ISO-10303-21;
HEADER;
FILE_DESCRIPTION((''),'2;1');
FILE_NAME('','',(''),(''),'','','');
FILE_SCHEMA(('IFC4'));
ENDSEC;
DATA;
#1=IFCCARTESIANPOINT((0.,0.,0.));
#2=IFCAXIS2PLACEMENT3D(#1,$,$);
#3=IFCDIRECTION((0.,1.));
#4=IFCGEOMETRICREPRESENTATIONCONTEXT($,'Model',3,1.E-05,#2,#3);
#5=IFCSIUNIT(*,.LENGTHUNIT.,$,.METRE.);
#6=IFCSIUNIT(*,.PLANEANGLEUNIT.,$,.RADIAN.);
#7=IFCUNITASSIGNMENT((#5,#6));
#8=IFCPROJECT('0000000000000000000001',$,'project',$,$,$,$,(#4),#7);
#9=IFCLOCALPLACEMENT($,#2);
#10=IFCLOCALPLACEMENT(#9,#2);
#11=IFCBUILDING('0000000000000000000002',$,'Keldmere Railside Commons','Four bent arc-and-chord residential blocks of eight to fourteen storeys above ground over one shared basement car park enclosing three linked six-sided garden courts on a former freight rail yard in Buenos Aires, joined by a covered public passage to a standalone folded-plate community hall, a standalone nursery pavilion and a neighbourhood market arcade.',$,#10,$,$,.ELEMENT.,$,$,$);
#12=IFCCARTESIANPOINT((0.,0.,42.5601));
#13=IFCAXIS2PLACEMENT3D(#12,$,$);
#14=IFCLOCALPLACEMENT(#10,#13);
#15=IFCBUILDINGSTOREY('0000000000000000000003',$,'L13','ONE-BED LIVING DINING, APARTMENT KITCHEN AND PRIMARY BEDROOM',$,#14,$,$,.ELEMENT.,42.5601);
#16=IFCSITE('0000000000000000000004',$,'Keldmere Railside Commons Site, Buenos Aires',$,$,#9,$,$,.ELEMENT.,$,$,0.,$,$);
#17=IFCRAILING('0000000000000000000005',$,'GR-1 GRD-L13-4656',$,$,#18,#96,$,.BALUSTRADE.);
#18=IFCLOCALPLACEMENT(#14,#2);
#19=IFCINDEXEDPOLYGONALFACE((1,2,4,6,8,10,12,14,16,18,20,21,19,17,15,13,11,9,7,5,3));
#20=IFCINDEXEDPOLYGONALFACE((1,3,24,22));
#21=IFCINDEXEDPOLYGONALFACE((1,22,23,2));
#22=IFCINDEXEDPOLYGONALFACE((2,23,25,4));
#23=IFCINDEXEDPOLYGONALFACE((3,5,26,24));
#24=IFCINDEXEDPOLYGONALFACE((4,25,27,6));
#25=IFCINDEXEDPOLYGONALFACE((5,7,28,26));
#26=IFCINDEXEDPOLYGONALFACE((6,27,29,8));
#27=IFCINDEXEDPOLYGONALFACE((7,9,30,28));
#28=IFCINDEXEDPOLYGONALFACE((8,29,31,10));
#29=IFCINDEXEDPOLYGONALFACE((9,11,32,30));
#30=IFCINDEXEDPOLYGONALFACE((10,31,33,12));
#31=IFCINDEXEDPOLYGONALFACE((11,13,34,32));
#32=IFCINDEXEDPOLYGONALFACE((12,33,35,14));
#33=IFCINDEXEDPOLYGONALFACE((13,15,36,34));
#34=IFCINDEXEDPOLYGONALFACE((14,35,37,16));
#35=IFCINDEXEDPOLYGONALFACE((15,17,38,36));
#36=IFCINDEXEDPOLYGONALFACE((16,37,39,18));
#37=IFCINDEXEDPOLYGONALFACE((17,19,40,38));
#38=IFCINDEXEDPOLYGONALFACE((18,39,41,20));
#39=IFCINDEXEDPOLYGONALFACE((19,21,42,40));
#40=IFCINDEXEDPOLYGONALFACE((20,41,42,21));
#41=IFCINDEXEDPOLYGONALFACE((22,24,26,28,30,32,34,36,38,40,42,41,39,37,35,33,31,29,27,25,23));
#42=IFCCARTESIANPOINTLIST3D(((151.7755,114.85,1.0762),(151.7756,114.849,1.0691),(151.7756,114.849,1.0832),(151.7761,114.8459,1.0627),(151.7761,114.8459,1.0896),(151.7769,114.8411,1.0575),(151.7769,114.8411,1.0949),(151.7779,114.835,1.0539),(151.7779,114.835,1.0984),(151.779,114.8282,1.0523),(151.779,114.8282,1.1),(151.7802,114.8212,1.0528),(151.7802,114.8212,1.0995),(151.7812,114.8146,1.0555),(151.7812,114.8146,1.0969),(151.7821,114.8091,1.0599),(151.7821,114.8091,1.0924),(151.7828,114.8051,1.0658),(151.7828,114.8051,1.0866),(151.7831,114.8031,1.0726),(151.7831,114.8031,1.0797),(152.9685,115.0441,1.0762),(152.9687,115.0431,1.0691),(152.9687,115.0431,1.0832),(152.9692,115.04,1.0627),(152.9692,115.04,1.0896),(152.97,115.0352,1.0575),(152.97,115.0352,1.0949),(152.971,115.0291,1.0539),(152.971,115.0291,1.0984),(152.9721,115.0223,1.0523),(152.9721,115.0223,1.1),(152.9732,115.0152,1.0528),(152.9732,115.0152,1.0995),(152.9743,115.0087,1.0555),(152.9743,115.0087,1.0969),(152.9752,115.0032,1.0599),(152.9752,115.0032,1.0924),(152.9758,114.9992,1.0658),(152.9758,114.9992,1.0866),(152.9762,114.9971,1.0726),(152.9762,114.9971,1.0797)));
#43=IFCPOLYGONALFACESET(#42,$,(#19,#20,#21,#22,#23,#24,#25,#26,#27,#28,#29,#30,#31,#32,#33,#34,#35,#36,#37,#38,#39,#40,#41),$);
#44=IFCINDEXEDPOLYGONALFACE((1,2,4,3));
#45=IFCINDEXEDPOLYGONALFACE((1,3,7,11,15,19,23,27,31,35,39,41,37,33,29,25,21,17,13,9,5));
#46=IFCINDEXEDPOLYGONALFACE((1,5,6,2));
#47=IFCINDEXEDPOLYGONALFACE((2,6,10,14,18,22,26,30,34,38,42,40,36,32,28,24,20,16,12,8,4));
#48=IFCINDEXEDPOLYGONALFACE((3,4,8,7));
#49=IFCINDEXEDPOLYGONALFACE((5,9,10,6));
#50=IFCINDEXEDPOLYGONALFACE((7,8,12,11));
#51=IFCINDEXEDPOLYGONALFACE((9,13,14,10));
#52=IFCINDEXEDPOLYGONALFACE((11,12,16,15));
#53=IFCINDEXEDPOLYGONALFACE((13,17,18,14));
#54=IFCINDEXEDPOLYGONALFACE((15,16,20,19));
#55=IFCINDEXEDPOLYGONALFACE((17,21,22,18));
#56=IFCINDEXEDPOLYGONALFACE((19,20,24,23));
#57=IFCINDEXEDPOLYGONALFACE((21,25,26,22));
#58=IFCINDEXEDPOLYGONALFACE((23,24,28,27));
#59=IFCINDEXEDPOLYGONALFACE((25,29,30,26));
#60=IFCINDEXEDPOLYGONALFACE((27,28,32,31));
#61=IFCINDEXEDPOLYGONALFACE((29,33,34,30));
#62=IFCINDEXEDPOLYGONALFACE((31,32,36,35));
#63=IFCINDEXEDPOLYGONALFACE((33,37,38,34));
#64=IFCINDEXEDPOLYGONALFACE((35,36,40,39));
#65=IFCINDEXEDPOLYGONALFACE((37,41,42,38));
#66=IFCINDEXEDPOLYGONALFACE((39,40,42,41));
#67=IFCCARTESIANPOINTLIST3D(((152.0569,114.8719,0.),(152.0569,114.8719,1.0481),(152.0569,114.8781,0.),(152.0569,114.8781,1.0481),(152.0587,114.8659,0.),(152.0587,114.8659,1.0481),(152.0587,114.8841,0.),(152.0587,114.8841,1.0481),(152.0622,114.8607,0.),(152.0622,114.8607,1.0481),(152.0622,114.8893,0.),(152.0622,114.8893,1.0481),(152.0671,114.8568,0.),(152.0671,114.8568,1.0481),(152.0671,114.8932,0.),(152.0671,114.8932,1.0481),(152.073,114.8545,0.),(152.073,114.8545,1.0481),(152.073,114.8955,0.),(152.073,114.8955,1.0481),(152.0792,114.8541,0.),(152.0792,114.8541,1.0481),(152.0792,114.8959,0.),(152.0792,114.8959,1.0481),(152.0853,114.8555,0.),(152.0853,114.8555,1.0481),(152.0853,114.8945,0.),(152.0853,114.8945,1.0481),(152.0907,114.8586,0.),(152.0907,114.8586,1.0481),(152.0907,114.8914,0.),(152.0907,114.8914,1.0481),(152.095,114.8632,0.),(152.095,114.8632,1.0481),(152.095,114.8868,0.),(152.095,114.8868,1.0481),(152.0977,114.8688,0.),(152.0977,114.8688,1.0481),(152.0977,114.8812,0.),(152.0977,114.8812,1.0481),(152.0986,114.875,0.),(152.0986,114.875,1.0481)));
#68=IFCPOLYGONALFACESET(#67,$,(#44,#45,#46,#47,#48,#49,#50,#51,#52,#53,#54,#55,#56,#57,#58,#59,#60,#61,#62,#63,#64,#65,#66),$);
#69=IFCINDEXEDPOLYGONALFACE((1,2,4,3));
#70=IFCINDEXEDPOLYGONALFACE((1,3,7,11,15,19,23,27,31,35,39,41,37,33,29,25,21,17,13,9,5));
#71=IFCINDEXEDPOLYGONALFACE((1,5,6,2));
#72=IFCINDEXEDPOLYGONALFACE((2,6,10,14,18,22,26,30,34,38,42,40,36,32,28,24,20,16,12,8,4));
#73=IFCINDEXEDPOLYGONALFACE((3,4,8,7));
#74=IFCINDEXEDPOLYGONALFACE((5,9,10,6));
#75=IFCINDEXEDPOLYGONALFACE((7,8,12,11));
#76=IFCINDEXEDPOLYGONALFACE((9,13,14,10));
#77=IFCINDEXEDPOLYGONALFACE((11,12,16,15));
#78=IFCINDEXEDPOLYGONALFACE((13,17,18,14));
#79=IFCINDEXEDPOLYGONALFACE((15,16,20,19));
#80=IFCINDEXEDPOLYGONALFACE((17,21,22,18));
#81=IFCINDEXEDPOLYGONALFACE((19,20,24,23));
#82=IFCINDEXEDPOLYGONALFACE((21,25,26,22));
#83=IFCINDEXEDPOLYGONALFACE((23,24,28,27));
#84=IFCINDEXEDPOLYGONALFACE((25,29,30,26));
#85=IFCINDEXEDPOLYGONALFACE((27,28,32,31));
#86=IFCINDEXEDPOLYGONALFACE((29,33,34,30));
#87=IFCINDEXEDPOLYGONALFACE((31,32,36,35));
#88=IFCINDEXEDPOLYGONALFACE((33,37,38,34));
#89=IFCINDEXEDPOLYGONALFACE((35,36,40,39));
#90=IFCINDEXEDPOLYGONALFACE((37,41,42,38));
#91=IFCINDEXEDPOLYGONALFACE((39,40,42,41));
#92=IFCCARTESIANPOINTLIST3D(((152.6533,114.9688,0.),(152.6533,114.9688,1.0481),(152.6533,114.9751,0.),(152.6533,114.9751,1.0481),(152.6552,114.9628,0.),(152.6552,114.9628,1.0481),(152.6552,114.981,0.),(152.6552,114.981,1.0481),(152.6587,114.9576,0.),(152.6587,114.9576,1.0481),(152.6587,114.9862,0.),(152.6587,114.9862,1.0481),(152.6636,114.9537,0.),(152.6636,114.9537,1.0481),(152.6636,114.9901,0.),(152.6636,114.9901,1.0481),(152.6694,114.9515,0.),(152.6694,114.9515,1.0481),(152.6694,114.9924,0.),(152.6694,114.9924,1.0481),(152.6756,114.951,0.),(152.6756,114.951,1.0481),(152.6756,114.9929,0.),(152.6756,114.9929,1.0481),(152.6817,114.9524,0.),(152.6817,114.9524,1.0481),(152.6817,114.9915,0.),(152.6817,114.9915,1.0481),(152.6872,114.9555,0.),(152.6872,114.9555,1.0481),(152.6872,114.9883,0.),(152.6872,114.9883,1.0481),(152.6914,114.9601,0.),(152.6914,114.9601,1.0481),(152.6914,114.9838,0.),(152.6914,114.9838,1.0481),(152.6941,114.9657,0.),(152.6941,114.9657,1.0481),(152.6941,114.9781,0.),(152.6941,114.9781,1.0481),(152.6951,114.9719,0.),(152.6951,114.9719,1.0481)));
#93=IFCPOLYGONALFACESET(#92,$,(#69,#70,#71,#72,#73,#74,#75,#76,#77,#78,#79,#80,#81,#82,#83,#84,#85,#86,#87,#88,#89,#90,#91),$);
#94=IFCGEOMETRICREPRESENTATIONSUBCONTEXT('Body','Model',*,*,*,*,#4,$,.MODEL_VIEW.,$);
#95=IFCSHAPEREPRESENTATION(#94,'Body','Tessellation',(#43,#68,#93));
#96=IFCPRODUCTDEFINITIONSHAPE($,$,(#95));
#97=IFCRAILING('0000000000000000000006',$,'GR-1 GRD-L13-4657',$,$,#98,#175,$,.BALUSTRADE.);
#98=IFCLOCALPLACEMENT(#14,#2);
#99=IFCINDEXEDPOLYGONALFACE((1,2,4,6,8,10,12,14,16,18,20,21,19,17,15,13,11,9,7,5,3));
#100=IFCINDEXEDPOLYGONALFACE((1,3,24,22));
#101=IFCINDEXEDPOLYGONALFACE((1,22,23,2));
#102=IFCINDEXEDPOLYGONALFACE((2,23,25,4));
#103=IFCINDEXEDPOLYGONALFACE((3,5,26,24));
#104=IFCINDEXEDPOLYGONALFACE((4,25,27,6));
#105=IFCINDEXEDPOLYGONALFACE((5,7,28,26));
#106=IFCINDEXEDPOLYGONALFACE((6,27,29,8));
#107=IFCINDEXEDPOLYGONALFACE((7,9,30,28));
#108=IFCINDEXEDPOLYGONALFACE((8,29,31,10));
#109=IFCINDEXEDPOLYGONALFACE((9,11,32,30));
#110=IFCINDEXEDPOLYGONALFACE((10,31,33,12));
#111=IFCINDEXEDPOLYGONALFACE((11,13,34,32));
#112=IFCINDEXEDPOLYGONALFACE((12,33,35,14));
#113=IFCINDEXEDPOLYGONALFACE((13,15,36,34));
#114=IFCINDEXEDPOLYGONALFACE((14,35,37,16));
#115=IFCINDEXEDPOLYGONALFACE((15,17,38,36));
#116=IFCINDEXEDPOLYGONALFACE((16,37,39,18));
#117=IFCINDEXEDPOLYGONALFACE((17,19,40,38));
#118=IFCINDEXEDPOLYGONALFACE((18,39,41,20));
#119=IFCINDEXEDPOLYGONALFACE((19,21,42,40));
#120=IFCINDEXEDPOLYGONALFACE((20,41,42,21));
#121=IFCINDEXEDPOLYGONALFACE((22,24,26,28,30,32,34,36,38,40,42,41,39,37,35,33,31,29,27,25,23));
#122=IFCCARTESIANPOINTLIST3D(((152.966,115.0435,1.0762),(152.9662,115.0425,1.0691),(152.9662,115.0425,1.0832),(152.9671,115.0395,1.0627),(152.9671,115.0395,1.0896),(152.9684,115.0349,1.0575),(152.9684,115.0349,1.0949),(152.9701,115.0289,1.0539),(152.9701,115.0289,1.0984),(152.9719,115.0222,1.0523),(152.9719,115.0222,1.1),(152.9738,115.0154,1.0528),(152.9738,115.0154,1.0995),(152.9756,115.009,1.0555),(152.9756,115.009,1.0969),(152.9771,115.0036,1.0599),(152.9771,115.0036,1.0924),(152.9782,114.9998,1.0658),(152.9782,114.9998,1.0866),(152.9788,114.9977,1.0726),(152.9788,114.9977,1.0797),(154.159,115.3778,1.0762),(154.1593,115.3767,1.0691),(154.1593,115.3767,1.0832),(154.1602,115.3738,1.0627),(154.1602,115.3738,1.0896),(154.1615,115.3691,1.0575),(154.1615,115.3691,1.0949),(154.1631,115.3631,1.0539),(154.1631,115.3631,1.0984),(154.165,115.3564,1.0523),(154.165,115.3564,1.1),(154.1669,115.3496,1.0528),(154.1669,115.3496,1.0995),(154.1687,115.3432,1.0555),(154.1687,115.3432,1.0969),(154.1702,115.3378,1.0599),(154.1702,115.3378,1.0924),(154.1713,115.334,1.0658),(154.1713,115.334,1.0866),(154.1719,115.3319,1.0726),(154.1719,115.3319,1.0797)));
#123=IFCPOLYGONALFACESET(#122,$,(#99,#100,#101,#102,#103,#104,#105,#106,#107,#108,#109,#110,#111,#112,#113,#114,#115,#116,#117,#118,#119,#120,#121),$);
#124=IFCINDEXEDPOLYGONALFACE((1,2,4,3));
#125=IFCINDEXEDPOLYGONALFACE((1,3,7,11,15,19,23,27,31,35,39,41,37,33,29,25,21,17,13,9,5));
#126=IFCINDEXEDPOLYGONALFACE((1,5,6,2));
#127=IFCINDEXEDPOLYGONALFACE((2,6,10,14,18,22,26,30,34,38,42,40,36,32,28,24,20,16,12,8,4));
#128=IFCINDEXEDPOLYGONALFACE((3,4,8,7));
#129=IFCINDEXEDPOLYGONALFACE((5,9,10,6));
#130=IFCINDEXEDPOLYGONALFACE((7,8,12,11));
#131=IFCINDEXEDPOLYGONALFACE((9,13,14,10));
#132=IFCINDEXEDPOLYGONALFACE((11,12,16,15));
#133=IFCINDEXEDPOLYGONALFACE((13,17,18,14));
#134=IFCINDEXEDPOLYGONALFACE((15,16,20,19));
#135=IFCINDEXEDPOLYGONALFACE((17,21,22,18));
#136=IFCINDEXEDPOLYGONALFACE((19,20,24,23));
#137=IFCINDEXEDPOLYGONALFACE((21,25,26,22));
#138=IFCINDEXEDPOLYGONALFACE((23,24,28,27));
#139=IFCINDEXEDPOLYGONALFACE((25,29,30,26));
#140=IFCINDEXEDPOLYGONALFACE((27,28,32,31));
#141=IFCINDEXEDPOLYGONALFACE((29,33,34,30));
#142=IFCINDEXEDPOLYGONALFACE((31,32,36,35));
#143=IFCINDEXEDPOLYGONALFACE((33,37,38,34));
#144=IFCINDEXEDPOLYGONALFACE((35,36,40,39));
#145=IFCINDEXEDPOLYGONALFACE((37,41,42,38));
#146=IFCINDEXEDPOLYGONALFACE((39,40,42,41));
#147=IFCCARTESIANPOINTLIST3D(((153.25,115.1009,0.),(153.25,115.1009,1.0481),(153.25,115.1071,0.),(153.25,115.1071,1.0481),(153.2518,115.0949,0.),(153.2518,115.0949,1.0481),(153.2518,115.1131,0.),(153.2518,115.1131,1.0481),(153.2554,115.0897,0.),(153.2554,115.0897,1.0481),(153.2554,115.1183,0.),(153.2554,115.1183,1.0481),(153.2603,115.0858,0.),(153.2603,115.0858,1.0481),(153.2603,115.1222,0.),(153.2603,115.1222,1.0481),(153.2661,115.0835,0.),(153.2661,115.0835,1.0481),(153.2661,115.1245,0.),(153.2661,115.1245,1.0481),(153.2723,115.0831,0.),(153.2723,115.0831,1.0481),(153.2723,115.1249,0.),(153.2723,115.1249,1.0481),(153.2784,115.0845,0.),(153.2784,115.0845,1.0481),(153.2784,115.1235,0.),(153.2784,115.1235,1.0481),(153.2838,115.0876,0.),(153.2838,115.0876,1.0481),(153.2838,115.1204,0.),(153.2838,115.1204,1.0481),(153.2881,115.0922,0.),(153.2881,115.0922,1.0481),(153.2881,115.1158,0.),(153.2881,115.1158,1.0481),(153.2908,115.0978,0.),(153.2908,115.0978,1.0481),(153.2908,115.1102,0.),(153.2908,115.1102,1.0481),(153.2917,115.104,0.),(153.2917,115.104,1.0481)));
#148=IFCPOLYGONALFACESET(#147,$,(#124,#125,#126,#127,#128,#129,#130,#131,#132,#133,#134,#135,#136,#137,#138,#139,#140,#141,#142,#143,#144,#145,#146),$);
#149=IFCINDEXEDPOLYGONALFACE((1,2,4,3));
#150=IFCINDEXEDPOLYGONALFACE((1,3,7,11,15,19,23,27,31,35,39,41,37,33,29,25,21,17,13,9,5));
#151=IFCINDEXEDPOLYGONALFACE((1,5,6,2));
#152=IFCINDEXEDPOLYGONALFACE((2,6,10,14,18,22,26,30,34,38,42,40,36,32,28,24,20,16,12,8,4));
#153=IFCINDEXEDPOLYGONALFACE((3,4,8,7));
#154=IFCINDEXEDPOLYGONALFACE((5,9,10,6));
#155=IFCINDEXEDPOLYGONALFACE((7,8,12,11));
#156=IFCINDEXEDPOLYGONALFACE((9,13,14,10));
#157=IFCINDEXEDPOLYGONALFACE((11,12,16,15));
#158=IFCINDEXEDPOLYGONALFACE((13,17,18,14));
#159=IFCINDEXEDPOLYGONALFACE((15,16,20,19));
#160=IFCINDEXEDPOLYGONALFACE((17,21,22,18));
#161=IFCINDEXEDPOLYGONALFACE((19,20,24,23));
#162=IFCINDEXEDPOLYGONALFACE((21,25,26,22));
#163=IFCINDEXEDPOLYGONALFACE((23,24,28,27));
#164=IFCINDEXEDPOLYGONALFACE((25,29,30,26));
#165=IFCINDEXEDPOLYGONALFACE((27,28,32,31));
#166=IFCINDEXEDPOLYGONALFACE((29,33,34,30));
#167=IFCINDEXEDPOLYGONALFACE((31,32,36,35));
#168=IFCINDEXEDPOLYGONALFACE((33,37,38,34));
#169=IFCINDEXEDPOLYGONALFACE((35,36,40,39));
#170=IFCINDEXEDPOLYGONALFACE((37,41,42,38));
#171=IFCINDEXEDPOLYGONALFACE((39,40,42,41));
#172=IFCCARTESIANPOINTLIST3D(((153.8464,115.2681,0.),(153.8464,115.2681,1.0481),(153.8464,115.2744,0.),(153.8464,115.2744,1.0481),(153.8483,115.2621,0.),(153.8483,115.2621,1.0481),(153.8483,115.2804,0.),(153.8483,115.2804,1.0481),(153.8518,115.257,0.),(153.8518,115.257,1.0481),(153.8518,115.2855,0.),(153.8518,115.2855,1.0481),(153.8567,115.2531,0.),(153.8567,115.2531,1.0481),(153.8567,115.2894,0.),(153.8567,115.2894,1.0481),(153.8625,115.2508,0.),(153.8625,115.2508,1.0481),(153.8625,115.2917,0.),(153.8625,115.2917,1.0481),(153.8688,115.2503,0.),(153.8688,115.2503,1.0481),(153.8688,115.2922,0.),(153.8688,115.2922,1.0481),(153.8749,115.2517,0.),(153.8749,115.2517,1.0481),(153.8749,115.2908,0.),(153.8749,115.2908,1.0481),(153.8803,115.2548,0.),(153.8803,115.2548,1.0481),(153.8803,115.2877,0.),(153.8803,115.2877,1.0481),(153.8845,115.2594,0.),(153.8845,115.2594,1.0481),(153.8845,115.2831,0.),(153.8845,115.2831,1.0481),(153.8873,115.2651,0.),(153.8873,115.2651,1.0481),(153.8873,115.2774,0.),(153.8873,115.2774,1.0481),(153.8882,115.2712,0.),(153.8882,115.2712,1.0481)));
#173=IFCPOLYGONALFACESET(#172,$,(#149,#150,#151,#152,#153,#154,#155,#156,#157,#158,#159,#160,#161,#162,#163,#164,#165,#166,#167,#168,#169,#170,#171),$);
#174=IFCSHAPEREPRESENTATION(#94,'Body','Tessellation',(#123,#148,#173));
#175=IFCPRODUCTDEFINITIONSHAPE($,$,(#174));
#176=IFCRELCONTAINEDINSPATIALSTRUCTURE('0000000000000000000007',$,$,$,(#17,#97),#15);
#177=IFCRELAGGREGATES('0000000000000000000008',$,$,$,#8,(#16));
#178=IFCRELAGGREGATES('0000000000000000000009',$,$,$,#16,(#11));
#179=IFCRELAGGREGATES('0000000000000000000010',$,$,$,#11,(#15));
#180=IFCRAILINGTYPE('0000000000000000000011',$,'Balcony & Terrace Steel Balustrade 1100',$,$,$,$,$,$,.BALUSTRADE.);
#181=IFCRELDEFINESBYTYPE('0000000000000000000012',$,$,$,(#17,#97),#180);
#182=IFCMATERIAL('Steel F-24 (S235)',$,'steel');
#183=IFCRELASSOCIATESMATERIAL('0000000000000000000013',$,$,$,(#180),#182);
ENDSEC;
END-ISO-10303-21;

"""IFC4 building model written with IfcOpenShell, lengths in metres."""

from ifc_helpers import new_model, si_unit, direction, frame, origin, origin_2d, place, context, subcontext, project, spatial, circle, extrude, material, type_object, element, save


model = new_model("IFC4")

# Units and contexts
model_context = context("Model", 3, precision=1e-05, world=origin(), true_north=direction((0.0, 1.0)))
body_context = subcontext(model_context, "Body", "Model", "MODEL_VIEW")
ifc_project = project(units=[si_unit("LENGTHUNIT", "METRE"), si_unit("PLANEANGLEUNIT", "RADIAN")], contexts=[model_context])

# Site, building, storey
site_placement = place(None, origin())
site = spatial("IfcSite", under=ifc_project, at=site_placement, Name="Keldmere Railside Commons Site, Buenos Aires", CompositionType="ELEMENT", RefElevation=0.0)
building_placement = place(site_placement, origin())
building = spatial("IfcBuilding", under=site, at=building_placement, Name="Keldmere Railside Commons", Description="Four bent arc-and-chord residential blocks of eight to fourteen storeys above ground over one shared basement car park enclosing three linked six-sided garden courts on a former freight rail yard in Buenos Aires, joined by a covered public passage to a standalone folded-plate community hall, a standalone nursery pavilion and a neighbourhood market arcade.", CompositionType="ELEMENT")
storey_placement = place(building_placement, frame((0.0, 0.0, 42.5601)))
storey = spatial("IfcBuildingStorey", under=building, at=storey_placement, Name="L13", Description="ONE-BED LIVING DINING, APARTMENT KITCHEN AND PRIMARY BEDROOM", CompositionType="ELEMENT", Elevation=42.5601)

# Shared definitions
ifc_material_1 = material(Name="Steel F-24 (S235)", Category="steel")

# Railings
railing_type_1 = type_object("IfcRailingType", Name="Balcony & Terrace Steel Balustrade 1100", PredefinedType="BALUSTRADE", material=ifc_material_1)
railing_1_placement = place(storey_placement, frame((151.7793, 114.8264, 0.0)))
element("IfcRailing", 1, at=railing_1_placement, inside=storey, type_object=railing_type_1, Name="GR-1 GRD-L13-4656", PredefinedType="BALUSTRADE", context=body_context, shape_type="SweptSolid", body=[
    extrude(circle(Radius=0.0239, at=origin_2d()), frame((0.0, 0.0, 1.0762), z_axis=(0.987025, 0.160566, 0.0), x_axis=(-0.160566, 0.987025, 0.0)), (0.0, 0.0, 1.0), 1.2087),
    extrude(circle(Radius=0.021, at=origin_2d()), frame((0.2983, 0.0486, 0.0)), (0.0, 0.0, 1.0), 1.0481),
    extrude(circle(Radius=0.021, at=origin_2d()), frame((0.8948, 0.1455, 0.0)), (0.0, 0.0, 1.0), 1.0481),
])
railing_2_placement = place(storey_placement, frame((152.9724, 115.0205, 0.0)))
element("IfcRailing", 2, at=railing_2_placement, inside=storey, type_object=railing_type_1, Name="GR-1 GRD-L13-4657", PredefinedType="BALUSTRADE", context=body_context, shape_type="SweptSolid", body=[
    extrude(circle(Radius=0.0239, at=origin_2d()), frame((0.0, 0.0, 1.0762), z_axis=(0.962931, 0.269747, 0.0), x_axis=(-0.269747, 0.962931, 0.0)), (0.0, 0.0, 1.0), 1.239),
    extrude(circle(Radius=0.021, at=origin_2d()), frame((0.2983, 0.0835, 0.0)), (0.0, 0.0, 1.0), 1.0481),
    extrude(circle(Radius=0.021, at=origin_2d()), frame((0.8948, 0.2507, 0.0)), (0.0, 0.0, 1.0), 1.0481),
])

save(model, "model.ifc")
